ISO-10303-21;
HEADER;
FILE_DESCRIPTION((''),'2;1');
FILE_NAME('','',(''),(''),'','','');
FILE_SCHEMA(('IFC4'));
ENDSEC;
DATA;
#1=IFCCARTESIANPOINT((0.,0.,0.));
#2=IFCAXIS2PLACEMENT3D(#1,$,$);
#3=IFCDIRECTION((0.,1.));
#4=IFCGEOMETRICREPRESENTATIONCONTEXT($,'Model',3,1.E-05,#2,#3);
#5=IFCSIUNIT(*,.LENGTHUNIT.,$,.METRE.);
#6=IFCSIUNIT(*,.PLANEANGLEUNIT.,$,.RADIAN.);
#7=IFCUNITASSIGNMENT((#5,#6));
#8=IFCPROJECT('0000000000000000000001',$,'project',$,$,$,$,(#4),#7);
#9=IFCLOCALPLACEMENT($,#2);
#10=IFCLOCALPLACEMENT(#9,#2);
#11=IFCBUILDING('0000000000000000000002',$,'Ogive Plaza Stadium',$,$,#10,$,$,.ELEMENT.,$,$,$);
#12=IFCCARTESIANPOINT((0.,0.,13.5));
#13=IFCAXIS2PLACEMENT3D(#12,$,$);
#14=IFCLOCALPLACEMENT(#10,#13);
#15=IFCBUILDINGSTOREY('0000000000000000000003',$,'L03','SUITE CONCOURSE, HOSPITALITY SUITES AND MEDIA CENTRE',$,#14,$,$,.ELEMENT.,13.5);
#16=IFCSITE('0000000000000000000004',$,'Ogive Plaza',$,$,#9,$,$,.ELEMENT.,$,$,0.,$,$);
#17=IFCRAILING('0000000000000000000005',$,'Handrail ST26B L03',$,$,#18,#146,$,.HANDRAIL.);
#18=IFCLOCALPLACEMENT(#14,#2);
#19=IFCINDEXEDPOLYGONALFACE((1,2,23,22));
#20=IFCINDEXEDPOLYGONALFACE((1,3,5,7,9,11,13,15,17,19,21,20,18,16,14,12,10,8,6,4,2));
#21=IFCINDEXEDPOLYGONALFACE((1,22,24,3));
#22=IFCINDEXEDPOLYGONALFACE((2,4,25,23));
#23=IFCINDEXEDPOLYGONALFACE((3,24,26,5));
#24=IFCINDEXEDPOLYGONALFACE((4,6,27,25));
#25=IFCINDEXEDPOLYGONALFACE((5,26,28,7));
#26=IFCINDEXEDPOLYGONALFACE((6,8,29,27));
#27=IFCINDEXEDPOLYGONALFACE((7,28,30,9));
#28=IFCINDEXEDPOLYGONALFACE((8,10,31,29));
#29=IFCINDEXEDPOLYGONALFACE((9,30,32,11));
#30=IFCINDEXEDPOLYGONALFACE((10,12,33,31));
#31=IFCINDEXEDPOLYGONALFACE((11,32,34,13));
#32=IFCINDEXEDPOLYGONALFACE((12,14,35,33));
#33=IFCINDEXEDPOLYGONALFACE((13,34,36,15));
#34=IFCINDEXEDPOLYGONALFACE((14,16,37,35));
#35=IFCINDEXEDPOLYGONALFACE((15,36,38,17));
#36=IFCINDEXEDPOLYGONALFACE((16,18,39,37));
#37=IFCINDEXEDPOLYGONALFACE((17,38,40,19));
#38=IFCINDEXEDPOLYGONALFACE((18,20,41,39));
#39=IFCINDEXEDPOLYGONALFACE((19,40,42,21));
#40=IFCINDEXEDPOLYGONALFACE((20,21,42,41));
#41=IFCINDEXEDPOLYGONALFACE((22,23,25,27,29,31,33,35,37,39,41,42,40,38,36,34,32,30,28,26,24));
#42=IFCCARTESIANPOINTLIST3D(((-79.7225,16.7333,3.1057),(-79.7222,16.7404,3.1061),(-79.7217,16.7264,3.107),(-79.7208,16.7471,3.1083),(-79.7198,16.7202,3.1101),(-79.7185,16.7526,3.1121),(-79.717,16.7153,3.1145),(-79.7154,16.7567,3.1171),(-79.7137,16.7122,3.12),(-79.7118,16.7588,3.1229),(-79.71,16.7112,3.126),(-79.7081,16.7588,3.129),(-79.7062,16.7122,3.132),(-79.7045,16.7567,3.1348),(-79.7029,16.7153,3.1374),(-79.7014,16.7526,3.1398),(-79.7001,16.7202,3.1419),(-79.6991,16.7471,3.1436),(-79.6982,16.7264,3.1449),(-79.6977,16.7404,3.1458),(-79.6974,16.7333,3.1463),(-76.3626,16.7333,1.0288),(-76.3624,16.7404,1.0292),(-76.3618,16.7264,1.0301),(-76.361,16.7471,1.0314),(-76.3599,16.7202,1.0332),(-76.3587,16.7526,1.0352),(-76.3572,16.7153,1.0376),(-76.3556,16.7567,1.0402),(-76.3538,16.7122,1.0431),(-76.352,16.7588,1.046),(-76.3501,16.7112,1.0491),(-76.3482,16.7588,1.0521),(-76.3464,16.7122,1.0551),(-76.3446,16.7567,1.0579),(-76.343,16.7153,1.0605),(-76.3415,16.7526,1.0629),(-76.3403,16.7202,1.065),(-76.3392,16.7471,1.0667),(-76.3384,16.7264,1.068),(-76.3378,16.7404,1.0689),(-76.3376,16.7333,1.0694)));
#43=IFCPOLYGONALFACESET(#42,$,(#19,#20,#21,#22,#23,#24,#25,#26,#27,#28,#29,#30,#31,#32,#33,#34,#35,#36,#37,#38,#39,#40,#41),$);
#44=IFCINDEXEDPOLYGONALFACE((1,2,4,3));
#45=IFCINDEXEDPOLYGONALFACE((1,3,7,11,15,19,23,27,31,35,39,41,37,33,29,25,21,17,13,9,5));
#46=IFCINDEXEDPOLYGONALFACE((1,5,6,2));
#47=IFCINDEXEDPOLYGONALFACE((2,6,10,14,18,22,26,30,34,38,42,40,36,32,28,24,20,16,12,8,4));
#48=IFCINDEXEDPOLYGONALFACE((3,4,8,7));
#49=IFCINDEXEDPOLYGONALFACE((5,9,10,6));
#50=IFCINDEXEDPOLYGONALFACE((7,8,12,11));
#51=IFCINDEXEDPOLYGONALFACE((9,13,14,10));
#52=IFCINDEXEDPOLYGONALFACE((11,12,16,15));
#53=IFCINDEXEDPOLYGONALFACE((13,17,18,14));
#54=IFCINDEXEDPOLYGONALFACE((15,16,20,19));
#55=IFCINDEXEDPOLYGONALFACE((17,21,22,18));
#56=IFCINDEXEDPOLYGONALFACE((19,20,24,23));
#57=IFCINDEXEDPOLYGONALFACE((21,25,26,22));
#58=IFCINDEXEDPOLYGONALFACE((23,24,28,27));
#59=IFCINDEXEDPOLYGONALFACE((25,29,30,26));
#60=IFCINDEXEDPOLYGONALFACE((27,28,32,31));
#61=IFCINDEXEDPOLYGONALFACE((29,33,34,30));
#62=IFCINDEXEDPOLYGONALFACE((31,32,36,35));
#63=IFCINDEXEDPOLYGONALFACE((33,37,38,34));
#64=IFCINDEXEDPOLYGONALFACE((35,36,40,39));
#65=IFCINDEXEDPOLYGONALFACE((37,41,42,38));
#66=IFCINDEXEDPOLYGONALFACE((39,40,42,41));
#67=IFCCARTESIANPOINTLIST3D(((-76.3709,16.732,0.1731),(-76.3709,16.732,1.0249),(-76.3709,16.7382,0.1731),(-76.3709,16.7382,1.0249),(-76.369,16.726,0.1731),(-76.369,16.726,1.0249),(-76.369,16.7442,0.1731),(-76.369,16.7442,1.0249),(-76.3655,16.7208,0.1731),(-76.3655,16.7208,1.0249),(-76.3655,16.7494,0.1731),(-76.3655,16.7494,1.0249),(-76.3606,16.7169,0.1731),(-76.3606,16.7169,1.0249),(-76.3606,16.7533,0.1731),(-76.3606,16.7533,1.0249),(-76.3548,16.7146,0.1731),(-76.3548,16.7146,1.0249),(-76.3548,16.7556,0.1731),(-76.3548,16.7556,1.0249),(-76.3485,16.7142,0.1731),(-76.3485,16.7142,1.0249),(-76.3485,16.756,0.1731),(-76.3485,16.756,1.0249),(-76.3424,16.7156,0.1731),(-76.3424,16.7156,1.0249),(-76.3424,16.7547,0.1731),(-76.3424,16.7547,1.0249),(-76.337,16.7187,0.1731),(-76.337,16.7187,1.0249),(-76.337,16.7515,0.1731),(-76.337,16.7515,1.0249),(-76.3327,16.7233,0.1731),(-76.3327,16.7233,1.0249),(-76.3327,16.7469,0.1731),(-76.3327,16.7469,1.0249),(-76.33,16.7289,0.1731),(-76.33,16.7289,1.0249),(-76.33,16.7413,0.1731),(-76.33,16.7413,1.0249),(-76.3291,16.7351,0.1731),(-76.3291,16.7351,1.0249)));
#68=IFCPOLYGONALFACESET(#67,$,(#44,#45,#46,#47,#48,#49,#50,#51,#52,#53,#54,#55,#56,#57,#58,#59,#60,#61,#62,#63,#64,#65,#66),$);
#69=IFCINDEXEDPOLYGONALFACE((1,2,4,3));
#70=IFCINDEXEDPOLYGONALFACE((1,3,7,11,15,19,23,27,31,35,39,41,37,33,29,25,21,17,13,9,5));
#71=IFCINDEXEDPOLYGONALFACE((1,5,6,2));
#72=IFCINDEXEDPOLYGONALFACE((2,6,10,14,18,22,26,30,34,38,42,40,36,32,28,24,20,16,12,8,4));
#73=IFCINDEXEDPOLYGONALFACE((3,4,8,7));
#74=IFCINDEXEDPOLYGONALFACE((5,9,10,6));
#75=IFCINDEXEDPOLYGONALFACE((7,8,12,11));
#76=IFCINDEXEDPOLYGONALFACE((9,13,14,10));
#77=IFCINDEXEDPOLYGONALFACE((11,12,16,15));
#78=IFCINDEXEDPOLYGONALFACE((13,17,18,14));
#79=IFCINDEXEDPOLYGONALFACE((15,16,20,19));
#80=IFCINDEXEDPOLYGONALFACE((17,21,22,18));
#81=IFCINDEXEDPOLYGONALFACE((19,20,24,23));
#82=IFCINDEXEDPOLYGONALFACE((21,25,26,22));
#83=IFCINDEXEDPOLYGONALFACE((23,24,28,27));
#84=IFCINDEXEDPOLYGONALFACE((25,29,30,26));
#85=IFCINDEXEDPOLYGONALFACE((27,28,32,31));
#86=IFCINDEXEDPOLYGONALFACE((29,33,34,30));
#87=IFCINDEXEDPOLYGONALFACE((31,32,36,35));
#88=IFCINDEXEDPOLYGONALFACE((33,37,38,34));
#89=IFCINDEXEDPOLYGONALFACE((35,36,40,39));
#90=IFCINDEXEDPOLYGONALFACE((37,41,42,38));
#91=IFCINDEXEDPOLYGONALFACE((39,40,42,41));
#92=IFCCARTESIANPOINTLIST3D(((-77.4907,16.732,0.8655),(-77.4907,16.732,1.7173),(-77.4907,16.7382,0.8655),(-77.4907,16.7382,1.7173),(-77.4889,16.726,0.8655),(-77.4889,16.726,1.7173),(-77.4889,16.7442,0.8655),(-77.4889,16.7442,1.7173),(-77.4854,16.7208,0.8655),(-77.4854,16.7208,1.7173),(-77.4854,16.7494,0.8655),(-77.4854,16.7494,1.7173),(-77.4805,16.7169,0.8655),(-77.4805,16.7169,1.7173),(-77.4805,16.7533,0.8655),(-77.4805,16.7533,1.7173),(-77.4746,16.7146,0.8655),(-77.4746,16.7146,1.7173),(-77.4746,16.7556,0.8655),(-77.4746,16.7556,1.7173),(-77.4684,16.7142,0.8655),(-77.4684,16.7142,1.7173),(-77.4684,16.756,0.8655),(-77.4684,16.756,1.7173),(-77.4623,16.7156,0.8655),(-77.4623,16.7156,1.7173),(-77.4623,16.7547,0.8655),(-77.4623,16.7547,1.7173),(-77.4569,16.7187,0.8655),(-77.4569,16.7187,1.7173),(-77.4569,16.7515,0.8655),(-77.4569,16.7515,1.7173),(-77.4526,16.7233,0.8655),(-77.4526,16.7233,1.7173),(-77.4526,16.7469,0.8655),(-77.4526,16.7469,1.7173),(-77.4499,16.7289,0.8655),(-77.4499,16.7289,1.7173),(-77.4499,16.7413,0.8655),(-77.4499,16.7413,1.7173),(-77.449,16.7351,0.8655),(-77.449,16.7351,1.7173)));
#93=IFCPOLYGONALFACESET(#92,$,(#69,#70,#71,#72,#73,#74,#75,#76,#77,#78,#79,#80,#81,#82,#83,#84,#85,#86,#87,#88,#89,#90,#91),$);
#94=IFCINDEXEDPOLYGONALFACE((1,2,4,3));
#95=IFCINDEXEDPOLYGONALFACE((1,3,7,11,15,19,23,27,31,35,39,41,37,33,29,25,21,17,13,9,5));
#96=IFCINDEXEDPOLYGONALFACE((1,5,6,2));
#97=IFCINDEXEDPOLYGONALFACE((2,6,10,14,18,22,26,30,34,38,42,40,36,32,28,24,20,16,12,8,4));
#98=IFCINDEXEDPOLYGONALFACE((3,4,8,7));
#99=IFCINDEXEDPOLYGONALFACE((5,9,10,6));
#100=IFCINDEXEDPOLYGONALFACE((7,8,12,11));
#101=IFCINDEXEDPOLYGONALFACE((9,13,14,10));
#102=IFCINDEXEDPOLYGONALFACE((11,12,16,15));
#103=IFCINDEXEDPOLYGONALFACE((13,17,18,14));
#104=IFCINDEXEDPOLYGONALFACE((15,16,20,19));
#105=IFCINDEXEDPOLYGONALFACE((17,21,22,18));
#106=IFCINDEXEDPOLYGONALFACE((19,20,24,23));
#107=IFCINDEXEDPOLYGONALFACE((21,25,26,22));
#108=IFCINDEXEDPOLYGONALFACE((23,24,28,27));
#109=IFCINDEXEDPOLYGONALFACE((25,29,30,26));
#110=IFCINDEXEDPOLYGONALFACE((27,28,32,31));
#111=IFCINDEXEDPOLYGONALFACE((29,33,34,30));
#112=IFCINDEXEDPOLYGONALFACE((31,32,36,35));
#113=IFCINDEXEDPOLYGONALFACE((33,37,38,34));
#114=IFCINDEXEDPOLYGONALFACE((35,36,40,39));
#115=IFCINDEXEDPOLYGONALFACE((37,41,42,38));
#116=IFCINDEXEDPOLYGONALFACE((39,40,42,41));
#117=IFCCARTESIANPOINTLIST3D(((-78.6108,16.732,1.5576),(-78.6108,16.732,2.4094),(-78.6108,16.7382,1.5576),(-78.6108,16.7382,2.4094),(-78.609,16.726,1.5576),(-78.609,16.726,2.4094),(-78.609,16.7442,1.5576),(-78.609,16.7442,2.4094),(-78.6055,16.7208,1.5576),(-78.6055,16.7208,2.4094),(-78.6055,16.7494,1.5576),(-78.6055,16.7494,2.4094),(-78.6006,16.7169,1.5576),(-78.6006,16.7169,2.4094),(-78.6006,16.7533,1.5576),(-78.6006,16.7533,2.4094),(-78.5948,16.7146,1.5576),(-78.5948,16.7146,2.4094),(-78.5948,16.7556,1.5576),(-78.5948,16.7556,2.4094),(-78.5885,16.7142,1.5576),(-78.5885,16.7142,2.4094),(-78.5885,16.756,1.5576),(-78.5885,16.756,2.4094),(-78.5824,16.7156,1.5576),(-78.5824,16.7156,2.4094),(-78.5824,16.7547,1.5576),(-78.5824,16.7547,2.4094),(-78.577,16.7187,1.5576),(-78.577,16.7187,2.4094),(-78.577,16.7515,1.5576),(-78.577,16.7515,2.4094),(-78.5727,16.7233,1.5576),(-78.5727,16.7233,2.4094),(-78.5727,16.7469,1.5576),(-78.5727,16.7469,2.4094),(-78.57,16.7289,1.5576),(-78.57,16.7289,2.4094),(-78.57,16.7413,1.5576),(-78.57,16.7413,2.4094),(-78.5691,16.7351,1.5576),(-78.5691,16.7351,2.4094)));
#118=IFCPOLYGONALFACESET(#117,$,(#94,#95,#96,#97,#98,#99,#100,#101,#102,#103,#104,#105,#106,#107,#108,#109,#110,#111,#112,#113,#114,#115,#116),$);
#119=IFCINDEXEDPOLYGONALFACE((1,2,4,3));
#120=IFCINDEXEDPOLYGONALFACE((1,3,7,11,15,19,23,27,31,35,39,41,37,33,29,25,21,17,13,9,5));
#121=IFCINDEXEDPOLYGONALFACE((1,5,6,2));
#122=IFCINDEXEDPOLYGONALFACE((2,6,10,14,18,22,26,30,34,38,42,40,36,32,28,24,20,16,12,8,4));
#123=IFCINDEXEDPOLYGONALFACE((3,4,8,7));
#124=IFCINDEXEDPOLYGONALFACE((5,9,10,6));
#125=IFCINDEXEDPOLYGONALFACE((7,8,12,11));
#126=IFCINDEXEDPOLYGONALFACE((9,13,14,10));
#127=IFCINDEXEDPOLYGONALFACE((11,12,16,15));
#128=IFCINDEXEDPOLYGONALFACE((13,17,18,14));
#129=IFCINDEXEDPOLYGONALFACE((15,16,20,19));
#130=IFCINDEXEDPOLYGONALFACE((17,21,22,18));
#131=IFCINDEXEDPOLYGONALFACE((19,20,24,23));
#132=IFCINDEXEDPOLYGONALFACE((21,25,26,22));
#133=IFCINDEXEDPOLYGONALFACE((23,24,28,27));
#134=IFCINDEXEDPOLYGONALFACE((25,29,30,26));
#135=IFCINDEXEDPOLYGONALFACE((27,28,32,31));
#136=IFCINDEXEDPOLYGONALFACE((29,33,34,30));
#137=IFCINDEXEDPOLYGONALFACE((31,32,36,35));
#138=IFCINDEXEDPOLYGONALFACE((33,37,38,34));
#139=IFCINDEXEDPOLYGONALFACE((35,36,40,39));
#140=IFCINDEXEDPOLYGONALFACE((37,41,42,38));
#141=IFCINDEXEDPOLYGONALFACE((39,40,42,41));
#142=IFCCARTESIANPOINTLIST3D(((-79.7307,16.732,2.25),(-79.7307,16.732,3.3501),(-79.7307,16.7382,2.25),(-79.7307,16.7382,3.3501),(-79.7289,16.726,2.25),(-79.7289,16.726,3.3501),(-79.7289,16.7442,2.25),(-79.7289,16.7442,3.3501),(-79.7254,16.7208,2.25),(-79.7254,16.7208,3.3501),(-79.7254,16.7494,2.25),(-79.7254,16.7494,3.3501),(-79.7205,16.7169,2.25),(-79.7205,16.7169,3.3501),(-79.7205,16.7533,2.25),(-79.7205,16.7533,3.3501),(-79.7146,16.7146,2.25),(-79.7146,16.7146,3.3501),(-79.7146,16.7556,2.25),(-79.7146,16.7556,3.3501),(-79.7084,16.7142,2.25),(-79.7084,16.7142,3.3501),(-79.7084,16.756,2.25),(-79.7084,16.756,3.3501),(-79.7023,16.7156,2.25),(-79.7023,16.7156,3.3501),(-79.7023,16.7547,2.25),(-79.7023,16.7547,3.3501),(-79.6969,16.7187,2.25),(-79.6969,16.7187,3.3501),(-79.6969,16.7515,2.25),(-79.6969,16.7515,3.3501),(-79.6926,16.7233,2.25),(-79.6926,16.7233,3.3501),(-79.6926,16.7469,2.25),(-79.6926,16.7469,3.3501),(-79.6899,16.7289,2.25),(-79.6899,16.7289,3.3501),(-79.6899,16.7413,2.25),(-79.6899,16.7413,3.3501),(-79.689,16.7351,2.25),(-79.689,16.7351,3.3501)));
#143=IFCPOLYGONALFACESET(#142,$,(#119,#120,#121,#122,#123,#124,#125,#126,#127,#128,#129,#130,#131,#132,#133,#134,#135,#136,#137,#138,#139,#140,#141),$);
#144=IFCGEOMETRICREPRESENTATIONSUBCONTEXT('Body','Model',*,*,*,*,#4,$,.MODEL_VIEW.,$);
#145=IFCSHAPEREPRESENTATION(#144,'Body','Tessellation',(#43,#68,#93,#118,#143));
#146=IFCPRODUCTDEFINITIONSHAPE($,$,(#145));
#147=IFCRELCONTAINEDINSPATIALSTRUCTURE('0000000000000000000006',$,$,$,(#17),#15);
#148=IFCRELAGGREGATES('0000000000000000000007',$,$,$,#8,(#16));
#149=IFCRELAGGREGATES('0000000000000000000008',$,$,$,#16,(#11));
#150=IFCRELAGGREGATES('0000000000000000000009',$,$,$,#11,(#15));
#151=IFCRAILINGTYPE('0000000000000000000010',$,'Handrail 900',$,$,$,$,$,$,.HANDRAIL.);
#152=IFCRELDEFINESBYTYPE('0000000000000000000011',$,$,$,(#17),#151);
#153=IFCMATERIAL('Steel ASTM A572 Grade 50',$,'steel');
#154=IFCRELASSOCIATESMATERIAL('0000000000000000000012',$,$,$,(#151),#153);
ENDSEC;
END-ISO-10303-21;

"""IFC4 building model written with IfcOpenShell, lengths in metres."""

from ifc_helpers import new_model, si_unit, direction, frame, origin, origin_2d, place, context, subcontext, project, spatial, circle, extrude, material, type_object, element, save


model = new_model("IFC4")

# Units and contexts
model_context = context("Model", 3, precision=1e-05, world=origin(), true_north=direction((0.0, 1.0)))
body_context = subcontext(model_context, "Body", "Model", "MODEL_VIEW")
ifc_project = project(units=[si_unit("LENGTHUNIT", "METRE"), si_unit("PLANEANGLEUNIT", "RADIAN")], contexts=[model_context])

# Site, building, storey
site_placement = place(None, origin())
site = spatial("IfcSite", under=ifc_project, at=site_placement, Name="Ogive Plaza", CompositionType="ELEMENT", RefElevation=0.0)
building_placement = place(site_placement, origin())
building = spatial("IfcBuilding", under=site, at=building_placement, Name="Ogive Plaza Stadium", CompositionType="ELEMENT")
storey_placement = place(building_placement, frame((0.0, 0.0, 13.5)))
storey = spatial("IfcBuildingStorey", under=building, at=storey_placement, Name="L03", Description="SUITE CONCOURSE, HOSPITALITY SUITES AND MEDIA CENTRE", CompositionType="ELEMENT", Elevation=13.5)

# Railing
ifc_material_1 = material(Name="Steel ASTM A572 Grade 50", Category="steel")
railing_type_1 = type_object("IfcRailingType", Name="Handrail 900", PredefinedType="HANDRAIL", material=ifc_material_1)
for number, where, name in (
    (1, (-76.3501, 16.7351, 0.1731), "Handrail ST26B L03"),
):
    element("IfcRailing", number, at=place(storey_placement, frame(where)), inside=storey, type_object=railing_type_1, Name=name, PredefinedType="HANDRAIL", context=body_context, shape_type="SweptSolid", body=[
        extrude(circle(Radius=0.0239, at=origin_2d()), frame((0.0, 0.0, 0.876), z_axis=(-0.850606, 0.0, 0.525803), x_axis=(0.0, -1.0, 0.0)), (0.0, 0.0, 1.0), 3.95),
        extrude(circle(Radius=0.021, at=origin_2d()), origin(), (0.0, 0.0, 1.0), 0.8518),
        extrude(circle(Radius=0.021, at=origin_2d()), frame((-1.1199, 0.0, 0.6924)), (0.0, 0.0, 1.0), 0.8518),
        extrude(circle(Radius=0.021, at=origin_2d()), frame((-2.24, 0.0, 1.3845)), (0.0, 0.0, 1.0), 0.8518),
        extrude(circle(Radius=0.021, at=origin_2d()), frame((-3.3599, 0.0, 2.0769)), (0.0, 0.0, 1.0), 1.1001),
    ])

save(model, "model.ifc")
